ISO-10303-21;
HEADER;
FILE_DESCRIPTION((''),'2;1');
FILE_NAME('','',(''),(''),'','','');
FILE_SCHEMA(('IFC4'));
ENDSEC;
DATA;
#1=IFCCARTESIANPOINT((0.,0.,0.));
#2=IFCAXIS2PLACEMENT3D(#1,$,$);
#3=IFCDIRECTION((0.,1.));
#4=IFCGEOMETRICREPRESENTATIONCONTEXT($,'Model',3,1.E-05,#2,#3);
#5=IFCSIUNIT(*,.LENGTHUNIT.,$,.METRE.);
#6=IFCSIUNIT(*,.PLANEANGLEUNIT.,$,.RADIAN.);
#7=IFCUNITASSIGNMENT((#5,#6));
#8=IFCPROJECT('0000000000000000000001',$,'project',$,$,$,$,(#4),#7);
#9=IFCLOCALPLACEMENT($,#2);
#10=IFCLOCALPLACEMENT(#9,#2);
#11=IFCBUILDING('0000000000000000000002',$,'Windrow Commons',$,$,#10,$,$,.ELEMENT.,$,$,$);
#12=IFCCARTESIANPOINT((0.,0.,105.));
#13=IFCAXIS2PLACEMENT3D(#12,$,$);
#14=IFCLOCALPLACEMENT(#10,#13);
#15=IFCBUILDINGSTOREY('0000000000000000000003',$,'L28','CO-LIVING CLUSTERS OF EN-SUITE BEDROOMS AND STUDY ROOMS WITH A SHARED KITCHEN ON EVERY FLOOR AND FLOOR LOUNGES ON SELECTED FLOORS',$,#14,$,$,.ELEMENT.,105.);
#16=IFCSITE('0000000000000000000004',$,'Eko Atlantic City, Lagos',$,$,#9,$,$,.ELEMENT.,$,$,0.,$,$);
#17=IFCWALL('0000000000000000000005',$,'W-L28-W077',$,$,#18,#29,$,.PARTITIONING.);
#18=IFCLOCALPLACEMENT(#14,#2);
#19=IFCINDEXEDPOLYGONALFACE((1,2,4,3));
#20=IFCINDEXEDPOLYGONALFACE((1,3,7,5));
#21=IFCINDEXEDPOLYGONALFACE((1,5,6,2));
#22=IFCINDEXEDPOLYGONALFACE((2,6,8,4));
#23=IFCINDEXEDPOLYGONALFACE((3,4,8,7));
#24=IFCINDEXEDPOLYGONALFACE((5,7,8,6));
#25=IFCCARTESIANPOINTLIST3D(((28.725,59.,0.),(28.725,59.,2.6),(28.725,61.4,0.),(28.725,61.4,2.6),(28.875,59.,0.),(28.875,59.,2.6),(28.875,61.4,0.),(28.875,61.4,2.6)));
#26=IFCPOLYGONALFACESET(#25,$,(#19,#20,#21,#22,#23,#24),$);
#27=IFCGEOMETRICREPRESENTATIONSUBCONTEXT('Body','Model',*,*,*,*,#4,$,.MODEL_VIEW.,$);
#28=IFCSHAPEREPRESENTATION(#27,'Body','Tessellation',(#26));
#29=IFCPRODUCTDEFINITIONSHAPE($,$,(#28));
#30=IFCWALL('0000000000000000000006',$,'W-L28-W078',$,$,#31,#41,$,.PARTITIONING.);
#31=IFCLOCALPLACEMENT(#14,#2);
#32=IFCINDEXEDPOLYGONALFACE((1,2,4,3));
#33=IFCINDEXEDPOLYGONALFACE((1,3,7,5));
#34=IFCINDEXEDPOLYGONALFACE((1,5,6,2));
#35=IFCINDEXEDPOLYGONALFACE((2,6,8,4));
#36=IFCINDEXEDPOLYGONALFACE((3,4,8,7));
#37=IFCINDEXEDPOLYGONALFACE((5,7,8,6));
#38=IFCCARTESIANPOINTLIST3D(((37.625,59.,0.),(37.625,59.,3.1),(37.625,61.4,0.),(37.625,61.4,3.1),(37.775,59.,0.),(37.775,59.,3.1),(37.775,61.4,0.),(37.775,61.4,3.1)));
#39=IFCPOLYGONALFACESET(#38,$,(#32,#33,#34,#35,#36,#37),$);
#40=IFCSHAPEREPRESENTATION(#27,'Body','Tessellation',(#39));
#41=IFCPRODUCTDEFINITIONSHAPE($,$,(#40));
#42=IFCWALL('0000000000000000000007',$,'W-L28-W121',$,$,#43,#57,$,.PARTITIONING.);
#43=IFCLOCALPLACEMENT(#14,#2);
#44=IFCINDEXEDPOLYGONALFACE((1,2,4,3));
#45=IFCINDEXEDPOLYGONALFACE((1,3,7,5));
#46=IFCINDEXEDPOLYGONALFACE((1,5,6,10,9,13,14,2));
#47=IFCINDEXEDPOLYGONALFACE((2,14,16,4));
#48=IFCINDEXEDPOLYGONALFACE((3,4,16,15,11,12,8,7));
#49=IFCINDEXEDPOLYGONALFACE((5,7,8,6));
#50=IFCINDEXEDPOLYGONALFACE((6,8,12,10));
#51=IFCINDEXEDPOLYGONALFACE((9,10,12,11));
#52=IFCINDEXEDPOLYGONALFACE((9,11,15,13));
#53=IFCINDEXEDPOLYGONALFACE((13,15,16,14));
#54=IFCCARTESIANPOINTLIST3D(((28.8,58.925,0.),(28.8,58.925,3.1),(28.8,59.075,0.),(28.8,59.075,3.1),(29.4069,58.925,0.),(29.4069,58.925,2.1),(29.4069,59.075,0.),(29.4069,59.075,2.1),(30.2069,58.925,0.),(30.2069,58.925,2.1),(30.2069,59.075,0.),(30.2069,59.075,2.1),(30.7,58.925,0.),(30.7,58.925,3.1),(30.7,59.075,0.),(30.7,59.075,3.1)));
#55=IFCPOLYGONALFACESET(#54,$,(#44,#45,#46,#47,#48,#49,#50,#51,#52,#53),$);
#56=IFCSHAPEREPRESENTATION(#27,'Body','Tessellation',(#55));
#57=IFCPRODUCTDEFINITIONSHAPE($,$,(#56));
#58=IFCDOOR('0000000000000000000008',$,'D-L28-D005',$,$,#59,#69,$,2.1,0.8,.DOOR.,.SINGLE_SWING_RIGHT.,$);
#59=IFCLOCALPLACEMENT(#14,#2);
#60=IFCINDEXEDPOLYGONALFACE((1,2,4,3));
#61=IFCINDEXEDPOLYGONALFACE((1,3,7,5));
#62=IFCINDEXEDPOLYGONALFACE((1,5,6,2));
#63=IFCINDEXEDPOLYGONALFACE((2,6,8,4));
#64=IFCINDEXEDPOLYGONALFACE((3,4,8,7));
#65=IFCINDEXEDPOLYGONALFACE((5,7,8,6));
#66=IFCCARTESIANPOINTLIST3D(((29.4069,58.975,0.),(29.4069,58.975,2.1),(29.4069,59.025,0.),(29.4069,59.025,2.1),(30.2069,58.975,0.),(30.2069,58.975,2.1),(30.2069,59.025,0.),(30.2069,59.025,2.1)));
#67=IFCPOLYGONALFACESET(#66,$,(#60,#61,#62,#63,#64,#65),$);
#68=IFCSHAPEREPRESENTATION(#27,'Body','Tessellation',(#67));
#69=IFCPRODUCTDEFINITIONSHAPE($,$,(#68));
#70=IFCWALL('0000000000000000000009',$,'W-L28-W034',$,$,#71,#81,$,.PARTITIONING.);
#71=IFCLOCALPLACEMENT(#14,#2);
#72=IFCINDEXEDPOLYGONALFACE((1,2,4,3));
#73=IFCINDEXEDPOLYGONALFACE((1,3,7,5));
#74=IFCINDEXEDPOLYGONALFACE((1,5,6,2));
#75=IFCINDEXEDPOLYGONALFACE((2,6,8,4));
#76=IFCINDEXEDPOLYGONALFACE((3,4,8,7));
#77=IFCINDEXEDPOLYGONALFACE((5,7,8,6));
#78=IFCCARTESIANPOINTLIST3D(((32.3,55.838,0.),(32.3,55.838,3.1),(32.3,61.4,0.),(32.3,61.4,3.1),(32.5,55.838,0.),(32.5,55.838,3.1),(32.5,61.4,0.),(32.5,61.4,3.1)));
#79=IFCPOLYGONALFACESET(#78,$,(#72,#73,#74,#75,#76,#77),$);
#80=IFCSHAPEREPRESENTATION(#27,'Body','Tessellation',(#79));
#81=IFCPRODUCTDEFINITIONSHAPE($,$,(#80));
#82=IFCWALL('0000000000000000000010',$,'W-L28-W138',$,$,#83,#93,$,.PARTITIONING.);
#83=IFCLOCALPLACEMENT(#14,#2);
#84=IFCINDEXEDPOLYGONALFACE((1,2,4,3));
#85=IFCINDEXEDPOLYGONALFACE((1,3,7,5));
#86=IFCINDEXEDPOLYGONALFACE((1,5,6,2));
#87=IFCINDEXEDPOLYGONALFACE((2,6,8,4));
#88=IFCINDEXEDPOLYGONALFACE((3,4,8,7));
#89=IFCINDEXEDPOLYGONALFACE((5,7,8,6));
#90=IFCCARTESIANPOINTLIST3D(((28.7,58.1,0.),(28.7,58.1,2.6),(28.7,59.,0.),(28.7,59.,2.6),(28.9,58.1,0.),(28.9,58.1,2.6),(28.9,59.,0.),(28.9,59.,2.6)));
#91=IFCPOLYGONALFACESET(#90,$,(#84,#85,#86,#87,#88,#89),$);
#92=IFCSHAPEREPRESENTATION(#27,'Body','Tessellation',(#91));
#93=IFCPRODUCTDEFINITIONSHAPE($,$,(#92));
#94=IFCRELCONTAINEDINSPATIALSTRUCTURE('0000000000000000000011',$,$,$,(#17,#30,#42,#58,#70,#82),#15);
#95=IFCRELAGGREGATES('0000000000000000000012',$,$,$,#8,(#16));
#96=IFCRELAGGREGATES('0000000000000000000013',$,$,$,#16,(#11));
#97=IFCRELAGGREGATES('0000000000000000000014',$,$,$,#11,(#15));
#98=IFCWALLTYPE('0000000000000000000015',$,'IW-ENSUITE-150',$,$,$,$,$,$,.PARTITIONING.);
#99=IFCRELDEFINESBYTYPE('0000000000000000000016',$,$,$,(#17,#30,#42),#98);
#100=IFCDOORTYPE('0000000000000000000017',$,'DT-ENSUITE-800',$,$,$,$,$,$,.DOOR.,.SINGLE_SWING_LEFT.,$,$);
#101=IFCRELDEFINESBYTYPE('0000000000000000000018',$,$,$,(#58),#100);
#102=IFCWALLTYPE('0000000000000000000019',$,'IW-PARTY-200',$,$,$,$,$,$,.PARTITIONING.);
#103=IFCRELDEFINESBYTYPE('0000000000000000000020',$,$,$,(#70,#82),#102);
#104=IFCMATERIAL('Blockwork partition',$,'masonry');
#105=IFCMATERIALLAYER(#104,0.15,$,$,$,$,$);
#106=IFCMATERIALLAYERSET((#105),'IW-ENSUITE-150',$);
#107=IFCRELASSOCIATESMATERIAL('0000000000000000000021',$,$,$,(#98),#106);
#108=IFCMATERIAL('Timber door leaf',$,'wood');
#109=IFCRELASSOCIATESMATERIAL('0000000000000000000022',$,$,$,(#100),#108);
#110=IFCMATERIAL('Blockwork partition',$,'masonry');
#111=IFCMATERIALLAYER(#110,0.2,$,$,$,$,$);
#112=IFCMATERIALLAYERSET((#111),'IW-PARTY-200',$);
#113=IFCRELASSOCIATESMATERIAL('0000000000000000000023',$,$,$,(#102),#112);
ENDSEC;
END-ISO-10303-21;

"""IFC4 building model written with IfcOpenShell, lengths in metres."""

from ifc_helpers import new_model, si_unit, direction, frame, frame_2d, origin, place, context, subcontext, project, spatial, rectangle, extrude, material, layer, layer_set, type_object, element, fill, save


model = new_model("IFC4")

# Units and contexts
model_context = context("Model", 3, precision=1e-05, world=origin(), true_north=direction((0.0, 1.0)))
body_context = subcontext(model_context, "Body", "Model", "MODEL_VIEW")
ifc_project = project(units=[si_unit("LENGTHUNIT", "METRE"), si_unit("PLANEANGLEUNIT", "RADIAN")], contexts=[model_context])

# Site, building, storey
site_placement = place(None, origin())
site = spatial("IfcSite", under=ifc_project, at=site_placement, Name="Eko Atlantic City, Lagos", CompositionType="ELEMENT", RefElevation=0.0)
building_placement = place(site_placement, origin())
building = spatial("IfcBuilding", under=site, at=building_placement, Name="Windrow Commons", CompositionType="ELEMENT")
storey_placement = place(building_placement, frame((0.0, 0.0, 105.0)))
storey = spatial("IfcBuildingStorey", under=building, at=storey_placement, Name="L28", Description="CO-LIVING CLUSTERS OF EN-SUITE BEDROOMS AND STUDY ROOMS WITH A SHARED KITCHEN ON EVERY FLOOR AND FLOOR LOUNGES ON SELECTED FLOORS", CompositionType="ELEMENT", Elevation=105.0)

# Walls
ifc_material_1 = material(Name="Blockwork partition", Category="masonry")
ifc_layer_1 = layer(ifc_material_1, 0.15)
ifc_layer_set_1 = layer_set([ifc_layer_1], Name="IW-ENSUITE-150")
wall_type_1 = type_object("IfcWallType", Name="IW-ENSUITE-150", PredefinedType="PARTITIONING", material=ifc_layer_set_1)
wall_1_placement = place(storey_placement, frame((28.8, 59.0, 0.0), z_axis=(0.0, 0.0, 1.0), x_axis=(0.0, 1.0, 0.0)))
element("IfcWall", 1, at=wall_1_placement, inside=storey, type_object=wall_type_1, Name="W-L28-W077", PredefinedType="PARTITIONING", context=body_context, shape_type="SweptSolid", body=[
    extrude(rectangle(XDim=2.4, YDim=0.15, at=frame_2d((1.2, 0.0))), origin(), (0.0, 0.0, 1.0), 2.6),
])
wall_2_placement = place(storey_placement, frame((37.7, 59.0, 0.0), z_axis=(0.0, 0.0, 1.0), x_axis=(0.0, 1.0, 0.0)))
element("IfcWall", 2, at=wall_2_placement, inside=storey, type_object=wall_type_1, Name="W-L28-W078", PredefinedType="PARTITIONING", context=body_context, shape_type="SweptSolid", body=[
    extrude(rectangle(XDim=2.4, YDim=0.15, at=frame_2d((1.2, 0.0))), origin(), (0.0, 0.0, 1.0), 3.1),
])

# Wall, opening, door
wall_3_placement = place(storey_placement, frame((28.8, 59.0, 0.0), z_axis=(0.0, 0.0, 1.0), x_axis=(1.0, 0.0, 0.0)))
wall_3 = element("IfcWall", 3, at=wall_3_placement, inside=storey, type_object=wall_type_1, Name="W-L28-W121", PredefinedType="PARTITIONING", context=body_context, shape_type="SweptSolid", body=[
    extrude(rectangle(XDim=1.9, YDim=0.15, at=frame_2d((0.95, 0.0))), origin(), (0.0, 0.0, 1.0), 3.1),
])
opening_1_placement = place(wall_3_placement, frame((0.6069, 0.0, 0.0)))
opening_1 = element("IfcOpeningElement", 4, at=opening_1_placement, cuts=wall_3, PredefinedType="OPENING", context=body_context, shape_type="SweptSolid", body=[
    extrude(rectangle(XDim=0.8, YDim=2.1, at=frame_2d((0.4, 1.05))), frame((0.0, 0.085, 0.0), z_axis=(0.0, -1.0, 0.0), x_axis=(1.0, 0.0, 0.0)), (0.0, 0.0, 1.0), 0.17),
])
ifc_material_2 = material(Name="Timber door leaf", Category="wood")
door_type = type_object("IfcDoorType", Name="DT-ENSUITE-800", OperationType="SINGLE_SWING_LEFT", PredefinedType="DOOR", material=ifc_material_2)
door_placement = place(opening_1_placement, origin())
door = element("IfcDoor", 5, at=door_placement, inside=storey, type_object=door_type, Name="D-L28-D005", OperationType="SINGLE_SWING_RIGHT", OverallHeight=2.1, OverallWidth=0.8, PredefinedType="DOOR", context=body_context, shape_type="SweptSolid", body=[
    extrude(rectangle(XDim=0.8, YDim=2.1, at=frame_2d((0.4, 1.05))), frame((0.0, 0.025, 0.0), z_axis=(0.0, -1.0, 0.0), x_axis=(1.0, 0.0, 0.0)), (0.0, 0.0, 1.0), 0.05),
])
fill(opening_1, door)

# Walls
ifc_material_3 = material(Name="Blockwork partition", Category="masonry")
ifc_layer_2 = layer(ifc_material_3, 0.2)
ifc_layer_set_2 = layer_set([ifc_layer_2], Name="IW-PARTY-200")
wall_type_2 = type_object("IfcWallType", Name="IW-PARTY-200", PredefinedType="PARTITIONING", material=ifc_layer_set_2)
wall_4_placement = place(storey_placement, frame((32.4, 55.838, 0.0), z_axis=(0.0, 0.0, 1.0), x_axis=(0.0, 1.0, 0.0)))
element("IfcWall", 6, at=wall_4_placement, inside=storey, type_object=wall_type_2, Name="W-L28-W034", PredefinedType="PARTITIONING", context=body_context, shape_type="SweptSolid", body=[
    extrude(rectangle(XDim=5.562, YDim=0.2, at=frame_2d((2.781, 0.0))), origin(), (0.0, 0.0, 1.0), 3.1),
])
wall_5_placement = place(storey_placement, frame((28.8, 58.1, 0.0), z_axis=(0.0, 0.0, 1.0), x_axis=(0.0, 1.0, 0.0)))
element("IfcWall", 7, at=wall_5_placement, inside=storey, type_object=wall_type_2, Name="W-L28-W138", PredefinedType="PARTITIONING", context=body_context, shape_type="SweptSolid", body=[
    extrude(rectangle(XDim=0.9, YDim=0.2, at=frame_2d((0.45, 0.0))), origin(), (0.0, 0.0, 1.0), 2.6),
])

save(model, "model.ifc")
